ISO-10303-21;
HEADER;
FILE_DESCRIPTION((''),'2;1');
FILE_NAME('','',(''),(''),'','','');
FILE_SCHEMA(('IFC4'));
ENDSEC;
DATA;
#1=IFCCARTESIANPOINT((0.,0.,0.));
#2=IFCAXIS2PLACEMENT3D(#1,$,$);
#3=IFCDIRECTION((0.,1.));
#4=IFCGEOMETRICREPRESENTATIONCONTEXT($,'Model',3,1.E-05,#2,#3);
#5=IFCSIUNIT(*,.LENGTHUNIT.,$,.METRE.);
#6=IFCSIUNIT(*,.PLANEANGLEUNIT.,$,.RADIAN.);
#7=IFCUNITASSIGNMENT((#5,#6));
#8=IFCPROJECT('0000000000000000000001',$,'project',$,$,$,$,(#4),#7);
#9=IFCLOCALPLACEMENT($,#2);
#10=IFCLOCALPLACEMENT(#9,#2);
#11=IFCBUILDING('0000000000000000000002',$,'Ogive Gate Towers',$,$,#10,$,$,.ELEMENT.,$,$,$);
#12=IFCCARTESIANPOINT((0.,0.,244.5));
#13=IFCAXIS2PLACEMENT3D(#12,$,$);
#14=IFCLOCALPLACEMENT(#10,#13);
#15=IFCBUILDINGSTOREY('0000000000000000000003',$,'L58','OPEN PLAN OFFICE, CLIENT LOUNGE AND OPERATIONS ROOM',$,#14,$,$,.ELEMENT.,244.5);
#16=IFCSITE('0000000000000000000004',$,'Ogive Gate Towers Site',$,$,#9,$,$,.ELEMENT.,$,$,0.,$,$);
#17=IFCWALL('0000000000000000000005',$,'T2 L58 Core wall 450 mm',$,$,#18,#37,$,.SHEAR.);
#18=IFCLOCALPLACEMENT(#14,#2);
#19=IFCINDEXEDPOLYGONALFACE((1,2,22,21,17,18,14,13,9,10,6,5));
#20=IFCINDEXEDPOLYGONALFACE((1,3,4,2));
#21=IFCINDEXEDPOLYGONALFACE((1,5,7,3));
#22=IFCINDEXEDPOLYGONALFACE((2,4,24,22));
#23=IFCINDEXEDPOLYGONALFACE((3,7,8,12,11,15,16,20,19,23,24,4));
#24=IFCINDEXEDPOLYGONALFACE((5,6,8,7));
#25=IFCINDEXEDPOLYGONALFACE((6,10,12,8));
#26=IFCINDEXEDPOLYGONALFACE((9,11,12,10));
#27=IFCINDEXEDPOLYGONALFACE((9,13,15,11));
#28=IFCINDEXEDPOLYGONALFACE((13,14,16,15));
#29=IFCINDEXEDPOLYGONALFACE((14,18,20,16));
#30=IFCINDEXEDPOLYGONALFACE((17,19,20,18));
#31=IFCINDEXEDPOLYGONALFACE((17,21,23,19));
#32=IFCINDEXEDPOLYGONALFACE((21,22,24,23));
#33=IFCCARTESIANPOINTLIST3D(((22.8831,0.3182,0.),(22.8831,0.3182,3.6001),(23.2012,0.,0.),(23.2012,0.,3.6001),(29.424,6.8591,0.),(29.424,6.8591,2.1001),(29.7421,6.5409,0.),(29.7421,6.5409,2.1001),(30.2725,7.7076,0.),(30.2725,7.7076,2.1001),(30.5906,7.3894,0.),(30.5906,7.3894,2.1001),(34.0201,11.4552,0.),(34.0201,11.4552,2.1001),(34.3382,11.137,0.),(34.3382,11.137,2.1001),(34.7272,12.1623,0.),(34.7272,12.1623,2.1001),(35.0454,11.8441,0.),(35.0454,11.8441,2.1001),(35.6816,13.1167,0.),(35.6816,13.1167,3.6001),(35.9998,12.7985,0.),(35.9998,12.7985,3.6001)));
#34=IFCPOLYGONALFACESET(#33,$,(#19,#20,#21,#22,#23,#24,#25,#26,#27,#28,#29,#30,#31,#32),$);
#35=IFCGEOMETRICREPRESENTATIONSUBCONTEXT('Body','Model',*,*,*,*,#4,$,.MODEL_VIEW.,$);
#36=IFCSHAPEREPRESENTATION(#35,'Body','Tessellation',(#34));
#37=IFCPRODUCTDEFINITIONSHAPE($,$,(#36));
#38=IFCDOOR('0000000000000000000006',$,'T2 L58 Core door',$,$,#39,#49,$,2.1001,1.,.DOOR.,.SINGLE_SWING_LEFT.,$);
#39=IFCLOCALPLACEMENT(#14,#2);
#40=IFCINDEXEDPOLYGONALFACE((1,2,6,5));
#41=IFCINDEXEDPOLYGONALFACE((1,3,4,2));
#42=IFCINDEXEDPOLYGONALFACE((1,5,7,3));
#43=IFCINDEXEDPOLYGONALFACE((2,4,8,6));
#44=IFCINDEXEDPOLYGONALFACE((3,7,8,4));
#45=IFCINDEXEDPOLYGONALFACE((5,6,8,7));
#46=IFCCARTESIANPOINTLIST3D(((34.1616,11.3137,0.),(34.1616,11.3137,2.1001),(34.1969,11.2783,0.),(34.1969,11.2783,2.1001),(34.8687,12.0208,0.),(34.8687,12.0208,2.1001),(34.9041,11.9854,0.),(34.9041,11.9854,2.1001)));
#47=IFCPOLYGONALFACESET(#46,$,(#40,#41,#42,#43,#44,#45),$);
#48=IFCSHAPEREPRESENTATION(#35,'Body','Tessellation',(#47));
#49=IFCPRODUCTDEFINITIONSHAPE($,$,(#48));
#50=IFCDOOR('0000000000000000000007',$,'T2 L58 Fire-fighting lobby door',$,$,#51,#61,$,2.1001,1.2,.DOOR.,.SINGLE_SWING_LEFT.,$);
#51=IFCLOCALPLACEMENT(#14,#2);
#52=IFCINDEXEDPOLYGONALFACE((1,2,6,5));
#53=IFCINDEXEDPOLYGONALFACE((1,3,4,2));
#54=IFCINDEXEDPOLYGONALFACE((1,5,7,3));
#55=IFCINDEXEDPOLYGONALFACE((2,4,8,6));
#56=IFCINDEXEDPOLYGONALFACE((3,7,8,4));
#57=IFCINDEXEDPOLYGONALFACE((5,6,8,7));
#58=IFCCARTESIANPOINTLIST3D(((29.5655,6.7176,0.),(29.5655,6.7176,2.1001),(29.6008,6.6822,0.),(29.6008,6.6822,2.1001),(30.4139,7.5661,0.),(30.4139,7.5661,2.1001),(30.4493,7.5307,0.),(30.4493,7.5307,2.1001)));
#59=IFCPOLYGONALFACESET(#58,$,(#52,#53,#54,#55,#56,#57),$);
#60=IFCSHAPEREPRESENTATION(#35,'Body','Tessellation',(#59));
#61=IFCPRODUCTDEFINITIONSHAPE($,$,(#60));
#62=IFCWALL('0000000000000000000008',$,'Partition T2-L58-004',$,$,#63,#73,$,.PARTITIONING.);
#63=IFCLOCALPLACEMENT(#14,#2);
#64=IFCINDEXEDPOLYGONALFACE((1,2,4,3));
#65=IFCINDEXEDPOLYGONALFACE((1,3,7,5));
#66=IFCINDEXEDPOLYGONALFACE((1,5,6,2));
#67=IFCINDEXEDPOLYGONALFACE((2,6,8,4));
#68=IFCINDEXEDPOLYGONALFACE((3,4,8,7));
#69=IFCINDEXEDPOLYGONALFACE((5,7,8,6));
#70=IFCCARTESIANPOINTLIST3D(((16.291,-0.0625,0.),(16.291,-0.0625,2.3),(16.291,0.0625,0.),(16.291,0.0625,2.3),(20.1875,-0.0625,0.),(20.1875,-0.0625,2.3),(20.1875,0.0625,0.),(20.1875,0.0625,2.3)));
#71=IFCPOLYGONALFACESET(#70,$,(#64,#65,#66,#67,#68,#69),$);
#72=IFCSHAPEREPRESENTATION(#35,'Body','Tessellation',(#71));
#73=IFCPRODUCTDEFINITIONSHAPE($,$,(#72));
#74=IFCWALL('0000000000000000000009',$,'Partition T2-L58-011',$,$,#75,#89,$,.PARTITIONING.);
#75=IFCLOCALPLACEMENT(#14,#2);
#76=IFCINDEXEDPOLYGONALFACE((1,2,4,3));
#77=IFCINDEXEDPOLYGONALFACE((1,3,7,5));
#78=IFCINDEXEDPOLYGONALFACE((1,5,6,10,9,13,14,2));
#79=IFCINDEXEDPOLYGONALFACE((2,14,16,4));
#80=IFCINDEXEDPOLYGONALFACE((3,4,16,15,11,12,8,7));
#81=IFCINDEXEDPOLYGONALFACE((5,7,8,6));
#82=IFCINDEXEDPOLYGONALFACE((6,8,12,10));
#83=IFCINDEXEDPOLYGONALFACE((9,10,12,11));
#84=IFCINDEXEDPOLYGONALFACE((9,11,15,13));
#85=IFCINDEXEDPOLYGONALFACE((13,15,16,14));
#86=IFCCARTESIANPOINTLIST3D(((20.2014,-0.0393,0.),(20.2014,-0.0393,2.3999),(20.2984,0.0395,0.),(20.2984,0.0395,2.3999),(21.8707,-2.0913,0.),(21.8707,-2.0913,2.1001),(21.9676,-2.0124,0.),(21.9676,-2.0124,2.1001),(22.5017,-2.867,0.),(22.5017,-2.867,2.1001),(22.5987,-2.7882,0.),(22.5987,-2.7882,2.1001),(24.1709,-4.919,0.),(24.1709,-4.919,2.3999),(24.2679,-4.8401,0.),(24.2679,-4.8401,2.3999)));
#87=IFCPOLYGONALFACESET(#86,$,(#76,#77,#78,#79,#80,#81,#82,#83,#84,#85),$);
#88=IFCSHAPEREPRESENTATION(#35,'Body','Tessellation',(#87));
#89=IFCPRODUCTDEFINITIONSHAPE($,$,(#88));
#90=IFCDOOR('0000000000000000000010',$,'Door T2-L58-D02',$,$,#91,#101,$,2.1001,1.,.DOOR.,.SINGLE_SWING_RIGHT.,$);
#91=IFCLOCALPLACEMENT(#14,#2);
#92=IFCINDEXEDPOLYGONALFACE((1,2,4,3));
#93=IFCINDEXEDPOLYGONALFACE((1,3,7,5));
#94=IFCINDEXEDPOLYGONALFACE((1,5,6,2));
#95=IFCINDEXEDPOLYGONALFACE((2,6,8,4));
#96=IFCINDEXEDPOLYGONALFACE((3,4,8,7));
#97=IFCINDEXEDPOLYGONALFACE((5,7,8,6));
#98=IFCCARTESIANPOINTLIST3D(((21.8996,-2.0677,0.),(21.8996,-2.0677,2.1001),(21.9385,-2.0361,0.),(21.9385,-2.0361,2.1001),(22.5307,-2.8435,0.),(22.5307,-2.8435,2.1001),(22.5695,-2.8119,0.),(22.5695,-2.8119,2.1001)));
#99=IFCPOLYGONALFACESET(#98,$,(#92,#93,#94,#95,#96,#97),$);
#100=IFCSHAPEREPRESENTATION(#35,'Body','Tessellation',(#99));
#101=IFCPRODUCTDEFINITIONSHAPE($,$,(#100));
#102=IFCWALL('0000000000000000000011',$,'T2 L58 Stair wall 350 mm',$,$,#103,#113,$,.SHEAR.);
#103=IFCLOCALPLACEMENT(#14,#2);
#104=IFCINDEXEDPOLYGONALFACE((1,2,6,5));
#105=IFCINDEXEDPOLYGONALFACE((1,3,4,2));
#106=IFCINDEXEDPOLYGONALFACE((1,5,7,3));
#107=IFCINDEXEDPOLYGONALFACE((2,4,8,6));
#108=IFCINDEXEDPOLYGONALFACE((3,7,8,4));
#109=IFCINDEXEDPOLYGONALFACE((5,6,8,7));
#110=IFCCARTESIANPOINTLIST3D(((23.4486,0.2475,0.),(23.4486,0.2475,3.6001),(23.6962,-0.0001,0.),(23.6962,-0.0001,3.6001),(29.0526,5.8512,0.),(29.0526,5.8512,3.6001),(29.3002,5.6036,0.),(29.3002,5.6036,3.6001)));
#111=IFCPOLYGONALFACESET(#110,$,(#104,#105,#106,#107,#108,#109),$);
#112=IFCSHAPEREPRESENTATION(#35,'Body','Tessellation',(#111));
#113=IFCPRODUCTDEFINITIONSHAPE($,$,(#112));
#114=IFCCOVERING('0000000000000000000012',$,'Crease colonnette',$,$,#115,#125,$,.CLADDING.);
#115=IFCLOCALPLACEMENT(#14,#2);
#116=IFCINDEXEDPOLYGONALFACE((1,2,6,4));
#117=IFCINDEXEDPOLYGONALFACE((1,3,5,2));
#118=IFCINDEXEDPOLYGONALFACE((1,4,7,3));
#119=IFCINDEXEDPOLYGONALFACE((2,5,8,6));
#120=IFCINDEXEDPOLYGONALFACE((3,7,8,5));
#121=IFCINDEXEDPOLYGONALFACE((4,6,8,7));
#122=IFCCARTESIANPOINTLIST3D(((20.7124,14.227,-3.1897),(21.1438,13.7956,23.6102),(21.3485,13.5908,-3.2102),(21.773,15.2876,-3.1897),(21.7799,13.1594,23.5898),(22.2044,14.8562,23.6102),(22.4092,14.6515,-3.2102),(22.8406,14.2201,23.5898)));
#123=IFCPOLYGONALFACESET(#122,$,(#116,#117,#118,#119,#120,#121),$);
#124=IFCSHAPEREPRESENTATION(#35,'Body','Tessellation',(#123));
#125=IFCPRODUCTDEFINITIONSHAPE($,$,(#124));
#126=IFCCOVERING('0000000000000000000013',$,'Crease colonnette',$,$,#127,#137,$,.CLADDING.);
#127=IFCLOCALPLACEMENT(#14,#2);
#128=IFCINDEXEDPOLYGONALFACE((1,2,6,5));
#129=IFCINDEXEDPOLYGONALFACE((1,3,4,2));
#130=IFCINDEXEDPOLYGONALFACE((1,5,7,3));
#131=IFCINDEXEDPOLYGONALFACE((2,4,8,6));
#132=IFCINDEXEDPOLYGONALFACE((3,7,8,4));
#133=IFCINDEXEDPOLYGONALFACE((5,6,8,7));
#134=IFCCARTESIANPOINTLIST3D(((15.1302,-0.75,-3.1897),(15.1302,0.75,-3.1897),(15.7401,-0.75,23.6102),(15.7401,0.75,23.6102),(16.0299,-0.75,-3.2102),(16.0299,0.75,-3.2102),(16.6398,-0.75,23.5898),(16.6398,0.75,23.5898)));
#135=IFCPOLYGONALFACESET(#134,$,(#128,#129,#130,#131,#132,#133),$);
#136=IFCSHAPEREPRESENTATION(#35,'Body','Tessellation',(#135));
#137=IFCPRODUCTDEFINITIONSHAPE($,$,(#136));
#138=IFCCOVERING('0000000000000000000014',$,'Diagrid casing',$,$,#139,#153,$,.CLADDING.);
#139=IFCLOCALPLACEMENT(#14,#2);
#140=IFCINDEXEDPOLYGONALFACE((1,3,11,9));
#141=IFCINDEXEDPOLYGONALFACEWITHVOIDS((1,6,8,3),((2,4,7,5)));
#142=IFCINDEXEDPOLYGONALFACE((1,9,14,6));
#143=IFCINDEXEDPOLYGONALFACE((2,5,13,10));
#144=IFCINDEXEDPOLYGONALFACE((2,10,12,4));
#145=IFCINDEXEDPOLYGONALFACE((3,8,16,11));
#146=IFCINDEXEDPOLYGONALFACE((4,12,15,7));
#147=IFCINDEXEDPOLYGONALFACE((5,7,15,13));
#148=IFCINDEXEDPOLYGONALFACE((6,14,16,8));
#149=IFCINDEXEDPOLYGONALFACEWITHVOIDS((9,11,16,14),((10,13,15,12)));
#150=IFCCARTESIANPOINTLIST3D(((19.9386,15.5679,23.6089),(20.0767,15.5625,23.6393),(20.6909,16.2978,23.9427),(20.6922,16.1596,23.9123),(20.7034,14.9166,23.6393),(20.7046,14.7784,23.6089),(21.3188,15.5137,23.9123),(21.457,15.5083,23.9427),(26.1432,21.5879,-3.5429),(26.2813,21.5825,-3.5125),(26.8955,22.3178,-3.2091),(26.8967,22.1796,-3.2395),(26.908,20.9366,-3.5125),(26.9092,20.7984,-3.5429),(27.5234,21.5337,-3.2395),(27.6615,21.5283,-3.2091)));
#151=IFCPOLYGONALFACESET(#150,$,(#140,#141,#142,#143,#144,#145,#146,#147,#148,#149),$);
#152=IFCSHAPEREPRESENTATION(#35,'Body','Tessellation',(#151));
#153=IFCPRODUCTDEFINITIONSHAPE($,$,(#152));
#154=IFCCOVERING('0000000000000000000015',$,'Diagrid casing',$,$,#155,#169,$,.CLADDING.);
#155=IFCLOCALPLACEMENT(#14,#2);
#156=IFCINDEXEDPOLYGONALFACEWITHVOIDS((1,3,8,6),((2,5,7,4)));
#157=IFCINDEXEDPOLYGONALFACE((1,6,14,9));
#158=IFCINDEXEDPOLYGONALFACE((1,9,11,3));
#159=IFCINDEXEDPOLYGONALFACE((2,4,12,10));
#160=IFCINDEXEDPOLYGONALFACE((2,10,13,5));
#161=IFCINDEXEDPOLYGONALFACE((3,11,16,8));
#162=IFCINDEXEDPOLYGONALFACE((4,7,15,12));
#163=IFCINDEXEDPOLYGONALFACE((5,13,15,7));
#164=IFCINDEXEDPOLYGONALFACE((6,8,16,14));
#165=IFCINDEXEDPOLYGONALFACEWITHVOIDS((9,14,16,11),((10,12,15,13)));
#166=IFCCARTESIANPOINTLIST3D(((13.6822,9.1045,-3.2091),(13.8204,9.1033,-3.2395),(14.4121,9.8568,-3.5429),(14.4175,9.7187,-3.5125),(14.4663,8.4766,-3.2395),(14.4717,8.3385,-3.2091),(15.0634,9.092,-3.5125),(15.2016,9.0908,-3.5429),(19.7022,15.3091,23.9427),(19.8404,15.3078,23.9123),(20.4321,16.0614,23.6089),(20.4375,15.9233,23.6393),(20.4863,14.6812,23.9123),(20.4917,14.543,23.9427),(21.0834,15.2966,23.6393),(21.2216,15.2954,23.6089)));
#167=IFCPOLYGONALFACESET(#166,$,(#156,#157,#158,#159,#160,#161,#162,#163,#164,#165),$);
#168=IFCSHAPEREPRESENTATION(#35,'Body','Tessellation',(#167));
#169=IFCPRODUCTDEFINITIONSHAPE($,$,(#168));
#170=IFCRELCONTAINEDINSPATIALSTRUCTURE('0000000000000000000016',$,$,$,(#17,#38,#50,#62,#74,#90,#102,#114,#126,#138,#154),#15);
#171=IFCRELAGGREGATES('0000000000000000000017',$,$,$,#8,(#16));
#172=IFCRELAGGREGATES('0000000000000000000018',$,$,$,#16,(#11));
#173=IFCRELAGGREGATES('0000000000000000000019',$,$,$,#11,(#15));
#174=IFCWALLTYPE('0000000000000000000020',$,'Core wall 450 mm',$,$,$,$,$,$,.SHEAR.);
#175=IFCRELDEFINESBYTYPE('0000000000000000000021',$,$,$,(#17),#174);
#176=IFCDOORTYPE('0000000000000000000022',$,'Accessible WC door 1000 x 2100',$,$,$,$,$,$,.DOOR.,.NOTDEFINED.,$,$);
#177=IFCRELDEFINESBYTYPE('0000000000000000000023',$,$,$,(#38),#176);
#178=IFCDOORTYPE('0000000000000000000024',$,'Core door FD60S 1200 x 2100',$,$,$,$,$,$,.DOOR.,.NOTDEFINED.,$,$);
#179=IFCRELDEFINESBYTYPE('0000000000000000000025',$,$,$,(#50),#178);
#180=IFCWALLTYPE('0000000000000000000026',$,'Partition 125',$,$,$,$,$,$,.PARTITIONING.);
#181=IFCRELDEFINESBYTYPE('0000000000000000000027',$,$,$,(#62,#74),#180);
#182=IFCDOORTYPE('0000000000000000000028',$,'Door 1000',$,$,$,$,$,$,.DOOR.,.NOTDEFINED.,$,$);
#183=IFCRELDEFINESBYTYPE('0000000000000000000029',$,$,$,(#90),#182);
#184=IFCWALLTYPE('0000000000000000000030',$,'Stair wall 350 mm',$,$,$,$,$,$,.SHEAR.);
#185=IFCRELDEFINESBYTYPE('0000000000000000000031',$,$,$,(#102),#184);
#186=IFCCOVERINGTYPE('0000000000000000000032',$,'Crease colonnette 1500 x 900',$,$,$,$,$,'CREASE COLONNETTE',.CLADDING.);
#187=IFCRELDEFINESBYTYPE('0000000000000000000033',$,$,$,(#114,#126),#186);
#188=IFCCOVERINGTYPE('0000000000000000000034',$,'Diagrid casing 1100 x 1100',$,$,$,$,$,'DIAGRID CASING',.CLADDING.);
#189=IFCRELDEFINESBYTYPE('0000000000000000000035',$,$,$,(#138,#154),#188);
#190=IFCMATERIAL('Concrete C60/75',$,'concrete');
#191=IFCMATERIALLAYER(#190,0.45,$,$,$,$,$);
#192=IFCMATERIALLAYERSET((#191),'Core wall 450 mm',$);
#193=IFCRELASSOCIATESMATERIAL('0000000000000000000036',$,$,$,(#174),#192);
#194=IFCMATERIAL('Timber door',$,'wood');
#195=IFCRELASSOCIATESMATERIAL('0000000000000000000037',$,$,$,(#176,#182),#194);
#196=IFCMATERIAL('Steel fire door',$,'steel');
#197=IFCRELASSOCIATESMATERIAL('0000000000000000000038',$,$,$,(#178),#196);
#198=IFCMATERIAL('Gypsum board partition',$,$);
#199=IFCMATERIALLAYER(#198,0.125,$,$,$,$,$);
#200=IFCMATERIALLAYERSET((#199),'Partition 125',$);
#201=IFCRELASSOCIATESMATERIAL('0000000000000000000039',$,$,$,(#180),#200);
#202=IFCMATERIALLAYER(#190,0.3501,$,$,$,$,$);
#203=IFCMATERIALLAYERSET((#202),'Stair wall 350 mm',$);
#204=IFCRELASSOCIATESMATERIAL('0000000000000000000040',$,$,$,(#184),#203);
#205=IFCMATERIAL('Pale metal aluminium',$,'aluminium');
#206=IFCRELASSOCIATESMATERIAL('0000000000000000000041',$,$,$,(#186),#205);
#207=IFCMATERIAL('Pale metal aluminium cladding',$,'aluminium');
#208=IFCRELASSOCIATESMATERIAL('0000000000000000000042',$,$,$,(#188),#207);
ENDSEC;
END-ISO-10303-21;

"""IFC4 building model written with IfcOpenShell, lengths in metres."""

from ifc_helpers import new_model, si_unit, direction, frame, frame_2d, origin, origin_2d, place, context, subcontext, project, spatial, rectangle, hollow_rectangle, extrude, material, layer, layer_set, material_profile, profile_set, type_object, element, fill, save


model = new_model("IFC4")

# Units and contexts
model_context = context("Model", 3, precision=1e-05, world=origin(), true_north=direction((0.0, 1.0)))
body_context = subcontext(model_context, "Body", "Model", "MODEL_VIEW")
ifc_project = project(units=[si_unit("LENGTHUNIT", "METRE"), si_unit("PLANEANGLEUNIT", "RADIAN")], contexts=[model_context])

# Site, building, storey
site_placement = place(None, origin())
site = spatial("IfcSite", under=ifc_project, at=site_placement, Name="Ogive Gate Towers Site", CompositionType="ELEMENT", RefElevation=0.0)
building_placement = place(site_placement, origin())
building = spatial("IfcBuilding", under=site, at=building_placement, Name="Ogive Gate Towers", CompositionType="ELEMENT")
storey_placement = place(building_placement, frame((0.0, 0.0, 244.5)))
storey = spatial("IfcBuildingStorey", under=building, at=storey_placement, Name="L58", Description="OPEN PLAN OFFICE, CLIENT LOUNGE AND OPERATIONS ROOM", CompositionType="ELEMENT", Elevation=244.5)

# Wall, openings, doors
ifc_material_1 = material(Name="Concrete C60/75", Category="concrete")
ifc_layer_1 = layer(ifc_material_1, 0.45)
ifc_layer_set_1 = layer_set([ifc_layer_1], Name="Core wall 450 mm")
wall_type_1 = type_object("IfcWallType", Name="Core wall 450 mm", PredefinedType="SHEAR", material=ifc_layer_set_1)
wall_1_placement = place(storey_placement, frame((23.0422, 0.1592, 0.0), z_axis=(0.0, 0.0, 1.0), x_axis=(0.707107, 0.707107, 0.0)))
wall_1 = element("IfcWall", 1, at=wall_1_placement, inside=storey, type_object=wall_type_1, Name="T2 L58 Core wall 450 mm", PredefinedType="SHEAR", context=body_context, shape_type="SweptSolid", body=[
    extrude(rectangle(XDim=18.0999, YDim=0.45, at=frame_2d((9.0498, 0.0))), origin(), (0.0, 0.0, 1.0), 3.6001),
])
opening_1_placement = place(wall_1_placement, frame((9.25, 0.0, 0.0)))
opening_1 = element("IfcOpeningElement", 2, at=opening_1_placement, cuts=wall_1, PredefinedType="OPENING", context=body_context, shape_type="SweptSolid", body=[
    extrude(rectangle(XDim=1.2, YDim=2.1001, at=frame_2d((0.6001, 1.05))), frame((0.0, 0.2349, 0.0), z_axis=(0.0, -1.0, 0.0), x_axis=(1.0, 0.0, 0.0)), (0.0, 0.0, 1.0), 0.47),
])
opening_2_placement = place(wall_1_placement, frame((15.75, 0.0, 0.0)))
opening_2 = element("IfcOpeningElement", 3, at=opening_2_placement, cuts=wall_1, PredefinedType="OPENING", context=body_context, shape_type="SweptSolid", body=[
    extrude(rectangle(XDim=1.0, YDim=2.1001, at=frame_2d((0.5, 1.05))), frame((0.0, 0.2349, 0.0), z_axis=(0.0, -1.0, 0.0), x_axis=(1.0, 0.0, 0.0)), (0.0, 0.0, 1.0), 0.47),
])
ifc_material_2 = material(Name="Timber door", Category="wood")
door_type_1 = type_object("IfcDoorType", Name="Accessible WC door 1000 x 2100", OperationType="NOTDEFINED", PredefinedType="DOOR", material=ifc_material_2)
door_1_placement = place(opening_2_placement, origin())
door_1 = element("IfcDoor", 4, at=door_1_placement, inside=storey, type_object=door_type_1, Name="T2 L58 Core door", OperationType="SINGLE_SWING_LEFT", OverallHeight=2.1001, OverallWidth=1.0, PredefinedType="DOOR", context=body_context, shape_type="SweptSolid", body=[
    extrude(rectangle(XDim=1.0, YDim=2.1001, at=frame_2d((0.5, 1.05))), frame((0.0, 0.0249, 0.0), z_axis=(0.0, -1.0, 0.0), x_axis=(1.0, 0.0, 0.0)), (0.0, 0.0, 1.0), 0.05),
])
fill(opening_2, door_1)
ifc_material_3 = material(Name="Steel fire door", Category="steel")
door_type_2 = type_object("IfcDoorType", Name="Core door FD60S 1200 x 2100", OperationType="NOTDEFINED", PredefinedType="DOOR", material=ifc_material_3)
door_2_placement = place(opening_1_placement, origin())
door_2 = element("IfcDoor", 5, at=door_2_placement, inside=storey, type_object=door_type_2, Name="T2 L58 Fire-fighting lobby door", OperationType="SINGLE_SWING_LEFT", OverallHeight=2.1001, OverallWidth=1.2, PredefinedType="DOOR", context=body_context, shape_type="SweptSolid", body=[
    extrude(rectangle(XDim=1.2, YDim=2.1001, at=frame_2d((0.6001, 1.05))), frame((0.0, 0.0249, 0.0), z_axis=(0.0, -1.0, 0.0), x_axis=(1.0, 0.0, 0.0)), (0.0, 0.0, 1.0), 0.05),
])
fill(opening_1, door_2)

# Wall
ifc_material_4 = material(Name="Gypsum board partition")
ifc_layer_2 = layer(ifc_material_4, 0.125)
ifc_layer_set_2 = layer_set([ifc_layer_2], Name="Partition 125")
wall_type_2 = type_object("IfcWallType", Name="Partition 125", PredefinedType="PARTITIONING", material=ifc_layer_set_2)
wall_2_placement = place(storey_placement, frame((16.291, 0.0, 0.0), z_axis=(0.0, 0.0, 1.0), x_axis=(1.0, 0.0, 0.0)))
element("IfcWall", 6, at=wall_2_placement, inside=storey, type_object=wall_type_2, Name="Partition T2-L58-004", PredefinedType="PARTITIONING", context=body_context, shape_type="SweptSolid", body=[
    extrude(rectangle(XDim=3.8965, YDim=0.125, at=frame_2d((1.9482, 0.0))), origin(), (0.0, 0.0, 1.0), 2.3),
])

# Wall, opening, door
wall_3_placement = place(storey_placement, frame((20.25, 0.0, 0.0), z_axis=(0.0, 0.0, 1.0), x_axis=(0.63105, -0.775742, 0.0)))
wall_3 = element("IfcWall", 7, at=wall_3_placement, inside=storey, type_object=wall_type_2, Name="Partition T2-L58-011", PredefinedType="PARTITIONING", context=body_context, shape_type="SweptSolid", body=[
    extrude(rectangle(XDim=6.2903, YDim=0.125, at=frame_2d((3.145, 0.0))), origin(), (0.0, 0.0, 1.0), 2.3999),
])
opening_3_placement = place(wall_3_placement, frame((2.645, 0.0, 0.0)))
opening_3 = element("IfcOpeningElement", 8, at=opening_3_placement, cuts=wall_3, PredefinedType="OPENING", context=body_context, shape_type="SweptSolid", body=[
    extrude(rectangle(XDim=1.0, YDim=2.1001, at=frame_2d((0.5, 1.05))), frame((0.0, 0.0725, 0.0), z_axis=(0.0, -1.0, 0.0), x_axis=(1.0, 0.0, 0.0)), (0.0, 0.0, 1.0), 0.145),
])
door_type_3 = type_object("IfcDoorType", Name="Door 1000", OperationType="NOTDEFINED", PredefinedType="DOOR", material=ifc_material_2)
door_3_placement = place(opening_3_placement, origin())
door_3 = element("IfcDoor", 9, at=door_3_placement, inside=storey, type_object=door_type_3, Name="Door T2-L58-D02", OperationType="SINGLE_SWING_RIGHT", OverallHeight=2.1001, OverallWidth=1.0, PredefinedType="DOOR", context=body_context, shape_type="SweptSolid", body=[
    extrude(rectangle(XDim=1.0, YDim=2.1001, at=frame_2d((0.5, 1.05))), frame((0.0, 0.0249, 0.0), z_axis=(0.0, -1.0, 0.0), x_axis=(1.0, 0.0, 0.0)), (0.0, 0.0, 1.0), 0.05),
])
fill(opening_3, door_3)

# Wall
ifc_layer_3 = layer(ifc_material_1, 0.3501)
ifc_layer_set_3 = layer_set([ifc_layer_3], Name="Stair wall 350 mm")
wall_type_3 = type_object("IfcWallType", Name="Stair wall 350 mm", PredefinedType="SHEAR", material=ifc_layer_set_3)
wall_4_placement = place(storey_placement, frame((23.5725, 0.1238, 0.0), z_axis=(0.0, 0.0, 1.0), x_axis=(0.707122, 0.707091, 0.0)))
element("IfcWall", 10, at=wall_4_placement, inside=storey, type_object=wall_type_3, Name="T2 L58 Stair wall 350 mm", PredefinedType="SHEAR", context=body_context, shape_type="SweptSolid", body=[
    extrude(rectangle(XDim=7.925, YDim=0.3501, at=frame_2d((3.9624, 0.0))), origin(), (0.0, 0.0, 1.0), 3.6001),
])

# Coverings
ifc_material_5 = material(Name="Pale metal aluminium", Category="aluminium")
ifc_material_profile_1 = material_profile(ifc_material_5, rectangle(XDim=1.5, YDim=0.8999, at=origin_2d()), Name="1500 x 900 pale metal aluminium")
ifc_profile_set_1 = profile_set([ifc_material_profile_1], Name="Pale metal aluminium")
covering_type_1 = type_object("IfcCoveringType", Name="Crease colonnette 1500 x 900", ElementType="CREASE COLONNETTE", PredefinedType="CLADDING", material=ifc_profile_set_1)
for number, where, z_axis, x_axis, name in (
    (11, (21.5608, 14.4392, -3.2), (0.016093, -0.016093, 0.999741), (0.707107, 0.707107, 0.0), "Crease colonnette"),
    (12, (15.5801, 0.0, -3.2), (0.02275, 0.0, 0.999741), (0.0, 1.0, 0.0), "Crease colonnette"),
):
    element("IfcCovering", number, at=place(storey_placement, frame(where, z_axis=z_axis, x_axis=x_axis)), inside=storey, type_object=covering_type_1, Name=name, PredefinedType="CLADDING", context=body_context, shape_type="SweptSolid", body=[
        extrude(rectangle(XDim=1.5, YDim=0.8999, at=origin_2d()), origin(), (0.0, 0.0, 1.0), 26.8069),
    ])
ifc_material_6 = material(Name="Pale metal aluminium cladding", Category="aluminium")
ifc_material_profile_2 = material_profile(ifc_material_6, hollow_rectangle(XDim=1.1001, YDim=1.1001, WallThickness=0.1001, at=origin_2d()), Name="1100 x 1100 pale metal casing")
ifc_profile_set_2 = profile_set([ifc_material_profile_2], Name="Pale metal aluminium cladding")
covering_type_2 = type_object("IfcCoveringType", Name="Diagrid casing 1100 x 1100", ElementType="DIAGRID CASING", PredefinedType="CLADDING", material=ifc_profile_set_2)
for number, where, z_axis, x_axis, name in (
    (13, (26.9023, 21.5581, -3.376), (-0.217744, -0.211266, 0.952866), (0.696351, -0.717701, 0.0), "Diagrid casing"),
    (14, (14.4419, 9.0977, -3.376), (0.211266, 0.217744, 0.952866), (-0.717701, 0.696351, 0.0), "Diagrid casing"),
):
    element("IfcCovering", number, at=place(storey_placement, frame(where, z_axis=z_axis, x_axis=x_axis)), inside=storey, type_object=covering_type_2, Name=name, PredefinedType="CLADDING", context=body_context, shape_type="SweptSolid", body=[
        extrude(hollow_rectangle(XDim=1.1001, YDim=1.1001, WallThickness=0.1001, at=origin_2d()), origin(), (0.0, 0.0, 1.0), 28.4949),
    ])

save(model, "model.ifc")
